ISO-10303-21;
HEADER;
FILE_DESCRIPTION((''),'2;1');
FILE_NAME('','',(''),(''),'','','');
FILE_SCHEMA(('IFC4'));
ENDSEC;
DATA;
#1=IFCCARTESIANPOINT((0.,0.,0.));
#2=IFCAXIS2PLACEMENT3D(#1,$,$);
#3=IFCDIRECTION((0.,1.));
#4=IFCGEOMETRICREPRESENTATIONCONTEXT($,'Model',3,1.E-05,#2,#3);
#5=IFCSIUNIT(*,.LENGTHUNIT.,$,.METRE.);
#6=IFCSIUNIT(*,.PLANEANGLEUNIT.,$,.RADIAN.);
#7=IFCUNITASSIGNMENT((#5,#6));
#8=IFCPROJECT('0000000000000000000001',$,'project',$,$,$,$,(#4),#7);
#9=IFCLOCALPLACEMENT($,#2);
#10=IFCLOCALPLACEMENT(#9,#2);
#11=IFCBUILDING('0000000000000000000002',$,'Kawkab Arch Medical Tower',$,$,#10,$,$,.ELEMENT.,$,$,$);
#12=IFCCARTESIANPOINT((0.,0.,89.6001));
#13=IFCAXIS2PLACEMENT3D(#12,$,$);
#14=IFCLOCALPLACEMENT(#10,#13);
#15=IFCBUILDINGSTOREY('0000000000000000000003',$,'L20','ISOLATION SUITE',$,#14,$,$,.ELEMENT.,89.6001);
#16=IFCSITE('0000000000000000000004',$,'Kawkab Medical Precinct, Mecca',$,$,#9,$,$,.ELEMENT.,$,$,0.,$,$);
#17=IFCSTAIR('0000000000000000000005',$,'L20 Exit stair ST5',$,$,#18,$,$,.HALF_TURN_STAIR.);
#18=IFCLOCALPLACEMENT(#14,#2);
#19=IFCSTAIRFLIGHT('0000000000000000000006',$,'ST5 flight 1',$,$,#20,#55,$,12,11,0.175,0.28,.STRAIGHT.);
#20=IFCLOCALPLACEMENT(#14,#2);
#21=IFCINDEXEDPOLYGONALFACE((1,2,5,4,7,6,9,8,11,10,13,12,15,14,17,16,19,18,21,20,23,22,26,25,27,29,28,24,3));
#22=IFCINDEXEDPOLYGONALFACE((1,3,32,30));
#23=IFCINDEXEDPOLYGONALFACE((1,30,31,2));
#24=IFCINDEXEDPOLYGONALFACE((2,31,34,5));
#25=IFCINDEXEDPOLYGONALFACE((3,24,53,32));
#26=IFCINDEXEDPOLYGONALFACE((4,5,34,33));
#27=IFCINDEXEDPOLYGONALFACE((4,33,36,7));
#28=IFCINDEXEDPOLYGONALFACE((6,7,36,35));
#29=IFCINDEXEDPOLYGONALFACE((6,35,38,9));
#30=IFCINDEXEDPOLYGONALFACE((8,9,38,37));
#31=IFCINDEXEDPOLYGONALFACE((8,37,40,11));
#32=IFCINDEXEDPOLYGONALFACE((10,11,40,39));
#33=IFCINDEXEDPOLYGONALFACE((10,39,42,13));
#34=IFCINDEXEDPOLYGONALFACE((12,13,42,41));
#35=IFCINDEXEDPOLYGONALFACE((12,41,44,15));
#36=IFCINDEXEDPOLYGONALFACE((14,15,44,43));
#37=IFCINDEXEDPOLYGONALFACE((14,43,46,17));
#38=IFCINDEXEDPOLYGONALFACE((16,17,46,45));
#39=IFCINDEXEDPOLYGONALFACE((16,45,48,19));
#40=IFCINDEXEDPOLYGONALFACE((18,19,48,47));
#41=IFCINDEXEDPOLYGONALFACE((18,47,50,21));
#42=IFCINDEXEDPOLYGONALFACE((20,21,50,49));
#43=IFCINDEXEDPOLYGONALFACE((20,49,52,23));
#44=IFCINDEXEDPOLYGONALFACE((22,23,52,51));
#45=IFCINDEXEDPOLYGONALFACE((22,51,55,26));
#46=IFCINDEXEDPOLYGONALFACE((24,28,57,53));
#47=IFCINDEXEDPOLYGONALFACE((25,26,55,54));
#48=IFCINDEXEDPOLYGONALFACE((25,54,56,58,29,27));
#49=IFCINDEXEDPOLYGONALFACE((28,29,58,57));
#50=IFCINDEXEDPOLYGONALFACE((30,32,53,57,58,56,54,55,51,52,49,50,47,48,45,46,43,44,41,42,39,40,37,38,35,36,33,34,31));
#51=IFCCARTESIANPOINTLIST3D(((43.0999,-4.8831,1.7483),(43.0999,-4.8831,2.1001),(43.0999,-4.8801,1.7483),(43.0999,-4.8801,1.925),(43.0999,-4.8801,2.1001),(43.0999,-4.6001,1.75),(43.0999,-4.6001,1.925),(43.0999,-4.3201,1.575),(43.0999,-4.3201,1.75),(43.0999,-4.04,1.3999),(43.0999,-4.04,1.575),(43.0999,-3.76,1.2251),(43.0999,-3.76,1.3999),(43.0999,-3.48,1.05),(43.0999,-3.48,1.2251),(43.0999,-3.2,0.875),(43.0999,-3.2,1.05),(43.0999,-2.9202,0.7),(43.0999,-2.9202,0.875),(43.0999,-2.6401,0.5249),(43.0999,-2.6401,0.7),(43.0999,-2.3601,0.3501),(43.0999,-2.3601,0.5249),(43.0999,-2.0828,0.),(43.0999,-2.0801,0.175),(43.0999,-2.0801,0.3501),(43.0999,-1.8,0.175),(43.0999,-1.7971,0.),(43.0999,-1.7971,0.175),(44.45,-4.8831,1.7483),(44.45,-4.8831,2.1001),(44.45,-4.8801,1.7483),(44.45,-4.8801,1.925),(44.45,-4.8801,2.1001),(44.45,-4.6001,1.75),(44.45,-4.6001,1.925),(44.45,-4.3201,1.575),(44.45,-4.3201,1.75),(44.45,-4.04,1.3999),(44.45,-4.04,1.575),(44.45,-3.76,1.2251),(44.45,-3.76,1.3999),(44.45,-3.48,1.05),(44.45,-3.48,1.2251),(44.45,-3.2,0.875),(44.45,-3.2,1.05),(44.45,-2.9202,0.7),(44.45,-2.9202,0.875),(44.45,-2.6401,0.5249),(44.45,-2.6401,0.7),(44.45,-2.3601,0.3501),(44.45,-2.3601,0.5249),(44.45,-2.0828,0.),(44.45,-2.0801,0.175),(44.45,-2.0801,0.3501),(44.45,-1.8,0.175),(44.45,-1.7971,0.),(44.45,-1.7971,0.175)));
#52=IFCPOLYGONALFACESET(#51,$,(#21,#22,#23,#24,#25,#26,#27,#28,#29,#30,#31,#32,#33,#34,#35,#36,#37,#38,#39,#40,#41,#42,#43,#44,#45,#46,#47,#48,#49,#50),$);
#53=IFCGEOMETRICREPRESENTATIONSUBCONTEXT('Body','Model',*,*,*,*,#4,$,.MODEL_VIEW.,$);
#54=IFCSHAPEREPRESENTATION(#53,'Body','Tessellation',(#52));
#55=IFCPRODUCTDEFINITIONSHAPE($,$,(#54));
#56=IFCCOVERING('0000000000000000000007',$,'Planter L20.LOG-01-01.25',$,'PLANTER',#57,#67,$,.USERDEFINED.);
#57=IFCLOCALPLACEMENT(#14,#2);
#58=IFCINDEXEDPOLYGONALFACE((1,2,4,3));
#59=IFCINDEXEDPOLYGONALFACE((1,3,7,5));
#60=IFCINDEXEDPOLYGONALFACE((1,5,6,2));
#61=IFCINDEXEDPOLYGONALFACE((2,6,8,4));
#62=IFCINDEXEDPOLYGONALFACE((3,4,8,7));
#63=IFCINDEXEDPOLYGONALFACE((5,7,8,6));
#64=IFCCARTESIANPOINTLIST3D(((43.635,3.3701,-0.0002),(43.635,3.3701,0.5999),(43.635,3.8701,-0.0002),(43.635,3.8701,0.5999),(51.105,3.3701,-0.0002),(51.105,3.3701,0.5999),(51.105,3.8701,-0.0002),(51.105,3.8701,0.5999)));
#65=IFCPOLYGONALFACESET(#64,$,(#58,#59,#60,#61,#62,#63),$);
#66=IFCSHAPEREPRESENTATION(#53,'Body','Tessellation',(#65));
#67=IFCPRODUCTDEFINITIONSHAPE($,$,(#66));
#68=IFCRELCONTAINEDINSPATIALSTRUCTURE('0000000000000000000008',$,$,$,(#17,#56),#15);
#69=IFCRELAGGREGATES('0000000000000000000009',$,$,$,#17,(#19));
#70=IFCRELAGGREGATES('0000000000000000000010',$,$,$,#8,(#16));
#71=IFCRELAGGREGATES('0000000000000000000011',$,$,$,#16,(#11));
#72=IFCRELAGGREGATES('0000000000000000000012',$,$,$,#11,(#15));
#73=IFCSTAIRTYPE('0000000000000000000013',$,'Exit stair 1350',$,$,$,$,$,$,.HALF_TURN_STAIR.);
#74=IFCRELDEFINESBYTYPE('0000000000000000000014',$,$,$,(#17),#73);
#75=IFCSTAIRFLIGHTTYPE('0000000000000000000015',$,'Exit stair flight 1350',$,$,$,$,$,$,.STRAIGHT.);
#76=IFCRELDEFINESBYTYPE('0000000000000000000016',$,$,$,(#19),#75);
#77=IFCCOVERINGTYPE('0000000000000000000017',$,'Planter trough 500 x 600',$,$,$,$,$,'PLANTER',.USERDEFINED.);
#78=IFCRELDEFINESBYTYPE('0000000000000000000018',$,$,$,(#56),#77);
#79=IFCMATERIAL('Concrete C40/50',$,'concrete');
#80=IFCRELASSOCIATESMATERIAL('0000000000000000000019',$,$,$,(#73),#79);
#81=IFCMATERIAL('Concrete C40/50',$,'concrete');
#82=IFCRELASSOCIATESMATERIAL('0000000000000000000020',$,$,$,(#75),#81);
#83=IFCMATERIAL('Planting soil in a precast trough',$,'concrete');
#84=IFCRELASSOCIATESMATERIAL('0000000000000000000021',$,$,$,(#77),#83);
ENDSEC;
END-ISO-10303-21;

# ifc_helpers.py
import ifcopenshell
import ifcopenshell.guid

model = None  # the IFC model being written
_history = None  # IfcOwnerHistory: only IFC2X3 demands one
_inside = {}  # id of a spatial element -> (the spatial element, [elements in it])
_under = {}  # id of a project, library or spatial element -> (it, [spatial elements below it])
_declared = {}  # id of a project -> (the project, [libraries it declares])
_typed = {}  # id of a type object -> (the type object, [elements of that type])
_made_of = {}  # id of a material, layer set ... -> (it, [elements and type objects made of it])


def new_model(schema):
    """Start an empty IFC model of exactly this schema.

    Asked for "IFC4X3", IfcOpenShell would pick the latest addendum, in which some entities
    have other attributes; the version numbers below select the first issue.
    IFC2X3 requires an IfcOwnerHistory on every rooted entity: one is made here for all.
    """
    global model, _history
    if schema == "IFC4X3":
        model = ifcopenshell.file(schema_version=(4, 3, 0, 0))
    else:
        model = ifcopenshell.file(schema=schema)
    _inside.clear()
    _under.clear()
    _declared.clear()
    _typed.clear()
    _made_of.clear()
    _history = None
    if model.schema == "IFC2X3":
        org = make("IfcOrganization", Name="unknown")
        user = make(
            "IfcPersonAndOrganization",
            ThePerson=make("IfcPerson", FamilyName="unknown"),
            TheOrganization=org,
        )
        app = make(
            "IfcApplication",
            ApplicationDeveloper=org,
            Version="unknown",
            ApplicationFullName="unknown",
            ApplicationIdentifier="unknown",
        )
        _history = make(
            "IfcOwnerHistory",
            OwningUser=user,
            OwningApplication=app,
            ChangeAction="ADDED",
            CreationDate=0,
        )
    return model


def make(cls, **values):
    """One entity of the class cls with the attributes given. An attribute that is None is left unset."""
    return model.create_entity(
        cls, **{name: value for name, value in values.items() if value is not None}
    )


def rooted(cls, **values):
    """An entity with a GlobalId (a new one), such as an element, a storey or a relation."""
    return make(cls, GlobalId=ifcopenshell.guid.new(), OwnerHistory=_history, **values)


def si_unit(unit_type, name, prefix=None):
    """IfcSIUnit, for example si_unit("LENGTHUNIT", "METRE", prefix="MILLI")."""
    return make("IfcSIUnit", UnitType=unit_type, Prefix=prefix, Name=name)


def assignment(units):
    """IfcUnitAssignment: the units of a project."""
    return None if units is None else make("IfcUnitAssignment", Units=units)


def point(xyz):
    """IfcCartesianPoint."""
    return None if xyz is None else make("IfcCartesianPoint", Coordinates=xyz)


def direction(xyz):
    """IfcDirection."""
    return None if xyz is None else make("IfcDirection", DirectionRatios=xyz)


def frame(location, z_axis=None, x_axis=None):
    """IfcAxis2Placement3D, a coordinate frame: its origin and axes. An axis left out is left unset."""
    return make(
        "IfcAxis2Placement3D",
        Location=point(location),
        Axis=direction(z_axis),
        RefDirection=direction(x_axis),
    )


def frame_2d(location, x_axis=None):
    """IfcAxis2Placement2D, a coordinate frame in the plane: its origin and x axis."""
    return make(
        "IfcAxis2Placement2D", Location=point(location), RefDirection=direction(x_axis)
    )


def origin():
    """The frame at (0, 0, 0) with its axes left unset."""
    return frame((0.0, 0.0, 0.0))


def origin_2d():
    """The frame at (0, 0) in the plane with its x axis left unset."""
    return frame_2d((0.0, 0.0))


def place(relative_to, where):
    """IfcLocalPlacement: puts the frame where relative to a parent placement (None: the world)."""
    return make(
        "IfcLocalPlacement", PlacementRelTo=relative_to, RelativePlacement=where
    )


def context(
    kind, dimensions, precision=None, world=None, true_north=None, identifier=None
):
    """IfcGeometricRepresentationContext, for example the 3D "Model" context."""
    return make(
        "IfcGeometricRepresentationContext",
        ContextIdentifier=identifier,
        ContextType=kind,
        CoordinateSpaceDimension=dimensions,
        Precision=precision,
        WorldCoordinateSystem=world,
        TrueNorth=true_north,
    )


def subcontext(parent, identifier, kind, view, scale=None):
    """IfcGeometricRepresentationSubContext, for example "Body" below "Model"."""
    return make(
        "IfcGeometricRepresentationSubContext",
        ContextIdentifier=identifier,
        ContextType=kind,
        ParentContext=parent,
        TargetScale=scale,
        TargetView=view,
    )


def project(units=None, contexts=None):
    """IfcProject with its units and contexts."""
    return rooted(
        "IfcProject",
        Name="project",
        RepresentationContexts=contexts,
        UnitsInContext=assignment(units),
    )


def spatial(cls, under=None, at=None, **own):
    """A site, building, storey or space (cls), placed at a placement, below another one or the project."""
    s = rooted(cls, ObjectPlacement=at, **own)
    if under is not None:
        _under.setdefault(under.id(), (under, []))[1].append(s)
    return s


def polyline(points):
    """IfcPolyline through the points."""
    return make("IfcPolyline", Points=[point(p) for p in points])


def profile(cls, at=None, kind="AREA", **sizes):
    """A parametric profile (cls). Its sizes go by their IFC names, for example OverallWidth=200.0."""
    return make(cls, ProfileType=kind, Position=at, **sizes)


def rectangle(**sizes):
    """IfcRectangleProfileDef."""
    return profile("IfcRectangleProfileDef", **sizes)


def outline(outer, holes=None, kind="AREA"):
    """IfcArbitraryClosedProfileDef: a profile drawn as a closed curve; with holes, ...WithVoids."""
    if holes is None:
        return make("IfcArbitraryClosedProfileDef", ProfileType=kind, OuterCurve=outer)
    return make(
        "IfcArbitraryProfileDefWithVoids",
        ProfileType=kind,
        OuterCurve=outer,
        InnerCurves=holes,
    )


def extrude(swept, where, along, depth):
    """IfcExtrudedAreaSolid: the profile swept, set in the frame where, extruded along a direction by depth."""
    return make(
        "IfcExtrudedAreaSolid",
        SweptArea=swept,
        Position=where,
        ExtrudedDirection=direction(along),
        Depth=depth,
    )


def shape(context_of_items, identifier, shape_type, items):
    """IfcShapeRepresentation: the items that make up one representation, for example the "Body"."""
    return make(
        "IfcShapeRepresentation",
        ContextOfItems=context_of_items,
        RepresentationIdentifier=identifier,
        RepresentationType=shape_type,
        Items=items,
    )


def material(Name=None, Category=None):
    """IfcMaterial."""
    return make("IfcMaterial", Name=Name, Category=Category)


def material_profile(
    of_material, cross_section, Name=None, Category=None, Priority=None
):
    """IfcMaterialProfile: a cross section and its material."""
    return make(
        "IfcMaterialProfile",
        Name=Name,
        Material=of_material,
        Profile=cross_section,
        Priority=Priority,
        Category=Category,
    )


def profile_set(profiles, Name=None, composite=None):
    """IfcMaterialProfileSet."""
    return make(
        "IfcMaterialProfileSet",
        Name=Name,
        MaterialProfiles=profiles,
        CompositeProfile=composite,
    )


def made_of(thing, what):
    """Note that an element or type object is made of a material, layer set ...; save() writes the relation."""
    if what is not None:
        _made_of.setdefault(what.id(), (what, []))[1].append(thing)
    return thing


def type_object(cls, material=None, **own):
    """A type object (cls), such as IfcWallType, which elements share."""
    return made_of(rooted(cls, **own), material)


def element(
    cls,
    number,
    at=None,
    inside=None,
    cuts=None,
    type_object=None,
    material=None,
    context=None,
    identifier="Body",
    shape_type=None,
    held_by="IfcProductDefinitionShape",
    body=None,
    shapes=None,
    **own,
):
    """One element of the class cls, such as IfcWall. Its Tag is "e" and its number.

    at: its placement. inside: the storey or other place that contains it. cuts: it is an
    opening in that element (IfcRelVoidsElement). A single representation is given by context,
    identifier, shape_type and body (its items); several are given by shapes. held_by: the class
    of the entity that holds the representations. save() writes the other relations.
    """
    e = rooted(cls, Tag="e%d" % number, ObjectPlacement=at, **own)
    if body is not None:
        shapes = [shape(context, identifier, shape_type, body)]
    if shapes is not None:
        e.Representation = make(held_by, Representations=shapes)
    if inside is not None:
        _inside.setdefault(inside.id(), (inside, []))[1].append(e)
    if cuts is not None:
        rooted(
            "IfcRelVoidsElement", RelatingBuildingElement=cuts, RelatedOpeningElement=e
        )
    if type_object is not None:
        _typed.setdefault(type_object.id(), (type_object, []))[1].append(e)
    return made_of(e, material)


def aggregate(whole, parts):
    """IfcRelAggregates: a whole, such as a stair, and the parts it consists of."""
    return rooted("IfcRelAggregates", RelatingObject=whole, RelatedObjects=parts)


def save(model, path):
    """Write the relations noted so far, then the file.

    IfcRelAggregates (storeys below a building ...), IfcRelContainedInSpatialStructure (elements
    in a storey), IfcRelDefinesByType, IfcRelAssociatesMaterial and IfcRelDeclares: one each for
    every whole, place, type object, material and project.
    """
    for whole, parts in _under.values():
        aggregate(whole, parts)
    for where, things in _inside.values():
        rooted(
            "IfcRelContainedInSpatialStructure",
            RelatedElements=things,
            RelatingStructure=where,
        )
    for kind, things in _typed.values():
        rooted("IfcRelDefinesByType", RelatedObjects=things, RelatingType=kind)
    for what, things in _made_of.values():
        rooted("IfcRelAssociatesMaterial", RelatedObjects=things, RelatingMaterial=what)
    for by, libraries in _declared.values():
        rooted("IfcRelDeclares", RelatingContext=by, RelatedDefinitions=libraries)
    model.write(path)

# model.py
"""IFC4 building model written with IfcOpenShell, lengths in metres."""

from ifc_helpers import new_model, si_unit, direction, frame, origin, origin_2d, place, context, subcontext, project, spatial, polyline, rectangle, outline, extrude, material, material_profile, profile_set, type_object, element, aggregate, save


model = new_model("IFC4")

# Units and contexts
model_context = context("Model", 3, precision=1e-05, world=origin(), true_north=direction((0.0, 1.0)))
body_context = subcontext(model_context, "Body", "Model", "MODEL_VIEW")
ifc_project = project(units=[si_unit("LENGTHUNIT", "METRE"), si_unit("PLANEANGLEUNIT", "RADIAN")], contexts=[model_context])

# Site, building, storey
site_placement = place(None, origin())
site = spatial("IfcSite", under=ifc_project, at=site_placement, Name="Kawkab Medical Precinct, Mecca", CompositionType="ELEMENT", RefElevation=0.0)
building_placement = place(site_placement, origin())
building = spatial("IfcBuilding", under=site, at=building_placement, Name="Kawkab Arch Medical Tower", CompositionType="ELEMENT")
storey_placement = place(building_placement, frame((0.0, 0.0, 89.6001)))
storey = spatial("IfcBuildingStorey", under=building, at=storey_placement, Name="L20", Description="ISOLATION SUITE", CompositionType="ELEMENT", Elevation=89.6001)

# Shared definitions
placement = place(storey_placement, origin())

# Stair, stair flight
ifc_material_1 = material(Name="Concrete C40/50", Category="concrete")
stair_type = type_object("IfcStairType", Name="Exit stair 1350", PredefinedType="HALF_TURN_STAIR", material=ifc_material_1)
stair = element("IfcStair", 1, at=placement, inside=storey, type_object=stair_type, Name="L20 Exit stair ST5", PredefinedType="HALF_TURN_STAIR")
ifc_material_2 = material(Name="Concrete C40/50", Category="concrete")
stair_flight_type = type_object("IfcStairFlightType", Name="Exit stair flight 1350", PredefinedType="STRAIGHT", material=ifc_material_2)
stair_flight_placement = place(storey_placement, frame((43.7749, -1.8, 0.0), z_axis=(0.0, 0.0, 1.0), x_axis=(0.0, -1.0, 0.0)))
stair_flight = element("IfcStairFlight", 2, at=stair_flight_placement, type_object=stair_flight_type, Name="ST5 flight 1", NumberOfRisers=12, NumberOfTreads=11, PredefinedType="STRAIGHT", RiserHeight=0.175, TreadLength=0.28, context=body_context, shape_type="SweptSolid", body=[
    extrude(outline(polyline([(-0.0029, 0.0), (-0.0029, 0.175), (0.0, 0.175), (0.28, 0.175), (0.28, 0.3501), (0.5601, 0.3501), (0.5601, 0.5249), (0.8401, 0.5249), (0.8401, 0.7), (1.1201, 0.7), (1.1201, 0.875), (1.3999, 0.875), (1.3999, 1.05), (1.6799, 1.05), (1.6799, 1.2251), (1.96, 1.2251), (1.96, 1.3999), (2.24, 1.3999), (2.24, 1.575), (2.52, 1.575), (2.52, 1.75), (2.8, 1.75), (2.8, 1.925), (3.0801, 1.925), (3.0801, 2.1001), (3.083, 2.1001), (3.083, 1.7483), (3.0801, 1.7483), (0.2827, 0.0), (-0.0029, 0.0)])), frame((0.0, 0.675, 0.0), z_axis=(0.0, -1.0, 0.0), x_axis=(1.0, 0.0, 0.0)), (0.0, 0.0, 1.0), 1.3501),
])
aggregate(stair, [stair_flight])

# Covering
ifc_material_3 = material(Name="Planting soil in a precast trough", Category="concrete")
ifc_material_profile_1 = material_profile(ifc_material_3, rectangle(XDim=0.5, YDim=0.6001, at=origin_2d()), Name="Trough 500x600")
ifc_profile_set_1 = profile_set([ifc_material_profile_1], Name="Planting soil in a precast trough")
covering_type = type_object("IfcCoveringType", Name="Planter trough 500 x 600", ElementType="PLANTER", PredefinedType="USERDEFINED", material=ifc_profile_set_1)
covering_placement = place(storey_placement, frame((43.635, 3.6201, 0.2998), z_axis=(1.0, 0.0, 0.0), x_axis=(0.0, 1.0, 0.0)))
element("IfcCovering", 3, at=covering_placement, inside=storey, type_object=covering_type, Name="Planter L20.LOG-01-01.25", ObjectType="PLANTER", PredefinedType="USERDEFINED", context=body_context, shape_type="SweptSolid", body=[
    extrude(rectangle(XDim=0.5, YDim=0.6001, at=origin_2d()), origin(), (0.0, 0.0, 1.0), 7.47),
])

save(model, "model.ifc")
